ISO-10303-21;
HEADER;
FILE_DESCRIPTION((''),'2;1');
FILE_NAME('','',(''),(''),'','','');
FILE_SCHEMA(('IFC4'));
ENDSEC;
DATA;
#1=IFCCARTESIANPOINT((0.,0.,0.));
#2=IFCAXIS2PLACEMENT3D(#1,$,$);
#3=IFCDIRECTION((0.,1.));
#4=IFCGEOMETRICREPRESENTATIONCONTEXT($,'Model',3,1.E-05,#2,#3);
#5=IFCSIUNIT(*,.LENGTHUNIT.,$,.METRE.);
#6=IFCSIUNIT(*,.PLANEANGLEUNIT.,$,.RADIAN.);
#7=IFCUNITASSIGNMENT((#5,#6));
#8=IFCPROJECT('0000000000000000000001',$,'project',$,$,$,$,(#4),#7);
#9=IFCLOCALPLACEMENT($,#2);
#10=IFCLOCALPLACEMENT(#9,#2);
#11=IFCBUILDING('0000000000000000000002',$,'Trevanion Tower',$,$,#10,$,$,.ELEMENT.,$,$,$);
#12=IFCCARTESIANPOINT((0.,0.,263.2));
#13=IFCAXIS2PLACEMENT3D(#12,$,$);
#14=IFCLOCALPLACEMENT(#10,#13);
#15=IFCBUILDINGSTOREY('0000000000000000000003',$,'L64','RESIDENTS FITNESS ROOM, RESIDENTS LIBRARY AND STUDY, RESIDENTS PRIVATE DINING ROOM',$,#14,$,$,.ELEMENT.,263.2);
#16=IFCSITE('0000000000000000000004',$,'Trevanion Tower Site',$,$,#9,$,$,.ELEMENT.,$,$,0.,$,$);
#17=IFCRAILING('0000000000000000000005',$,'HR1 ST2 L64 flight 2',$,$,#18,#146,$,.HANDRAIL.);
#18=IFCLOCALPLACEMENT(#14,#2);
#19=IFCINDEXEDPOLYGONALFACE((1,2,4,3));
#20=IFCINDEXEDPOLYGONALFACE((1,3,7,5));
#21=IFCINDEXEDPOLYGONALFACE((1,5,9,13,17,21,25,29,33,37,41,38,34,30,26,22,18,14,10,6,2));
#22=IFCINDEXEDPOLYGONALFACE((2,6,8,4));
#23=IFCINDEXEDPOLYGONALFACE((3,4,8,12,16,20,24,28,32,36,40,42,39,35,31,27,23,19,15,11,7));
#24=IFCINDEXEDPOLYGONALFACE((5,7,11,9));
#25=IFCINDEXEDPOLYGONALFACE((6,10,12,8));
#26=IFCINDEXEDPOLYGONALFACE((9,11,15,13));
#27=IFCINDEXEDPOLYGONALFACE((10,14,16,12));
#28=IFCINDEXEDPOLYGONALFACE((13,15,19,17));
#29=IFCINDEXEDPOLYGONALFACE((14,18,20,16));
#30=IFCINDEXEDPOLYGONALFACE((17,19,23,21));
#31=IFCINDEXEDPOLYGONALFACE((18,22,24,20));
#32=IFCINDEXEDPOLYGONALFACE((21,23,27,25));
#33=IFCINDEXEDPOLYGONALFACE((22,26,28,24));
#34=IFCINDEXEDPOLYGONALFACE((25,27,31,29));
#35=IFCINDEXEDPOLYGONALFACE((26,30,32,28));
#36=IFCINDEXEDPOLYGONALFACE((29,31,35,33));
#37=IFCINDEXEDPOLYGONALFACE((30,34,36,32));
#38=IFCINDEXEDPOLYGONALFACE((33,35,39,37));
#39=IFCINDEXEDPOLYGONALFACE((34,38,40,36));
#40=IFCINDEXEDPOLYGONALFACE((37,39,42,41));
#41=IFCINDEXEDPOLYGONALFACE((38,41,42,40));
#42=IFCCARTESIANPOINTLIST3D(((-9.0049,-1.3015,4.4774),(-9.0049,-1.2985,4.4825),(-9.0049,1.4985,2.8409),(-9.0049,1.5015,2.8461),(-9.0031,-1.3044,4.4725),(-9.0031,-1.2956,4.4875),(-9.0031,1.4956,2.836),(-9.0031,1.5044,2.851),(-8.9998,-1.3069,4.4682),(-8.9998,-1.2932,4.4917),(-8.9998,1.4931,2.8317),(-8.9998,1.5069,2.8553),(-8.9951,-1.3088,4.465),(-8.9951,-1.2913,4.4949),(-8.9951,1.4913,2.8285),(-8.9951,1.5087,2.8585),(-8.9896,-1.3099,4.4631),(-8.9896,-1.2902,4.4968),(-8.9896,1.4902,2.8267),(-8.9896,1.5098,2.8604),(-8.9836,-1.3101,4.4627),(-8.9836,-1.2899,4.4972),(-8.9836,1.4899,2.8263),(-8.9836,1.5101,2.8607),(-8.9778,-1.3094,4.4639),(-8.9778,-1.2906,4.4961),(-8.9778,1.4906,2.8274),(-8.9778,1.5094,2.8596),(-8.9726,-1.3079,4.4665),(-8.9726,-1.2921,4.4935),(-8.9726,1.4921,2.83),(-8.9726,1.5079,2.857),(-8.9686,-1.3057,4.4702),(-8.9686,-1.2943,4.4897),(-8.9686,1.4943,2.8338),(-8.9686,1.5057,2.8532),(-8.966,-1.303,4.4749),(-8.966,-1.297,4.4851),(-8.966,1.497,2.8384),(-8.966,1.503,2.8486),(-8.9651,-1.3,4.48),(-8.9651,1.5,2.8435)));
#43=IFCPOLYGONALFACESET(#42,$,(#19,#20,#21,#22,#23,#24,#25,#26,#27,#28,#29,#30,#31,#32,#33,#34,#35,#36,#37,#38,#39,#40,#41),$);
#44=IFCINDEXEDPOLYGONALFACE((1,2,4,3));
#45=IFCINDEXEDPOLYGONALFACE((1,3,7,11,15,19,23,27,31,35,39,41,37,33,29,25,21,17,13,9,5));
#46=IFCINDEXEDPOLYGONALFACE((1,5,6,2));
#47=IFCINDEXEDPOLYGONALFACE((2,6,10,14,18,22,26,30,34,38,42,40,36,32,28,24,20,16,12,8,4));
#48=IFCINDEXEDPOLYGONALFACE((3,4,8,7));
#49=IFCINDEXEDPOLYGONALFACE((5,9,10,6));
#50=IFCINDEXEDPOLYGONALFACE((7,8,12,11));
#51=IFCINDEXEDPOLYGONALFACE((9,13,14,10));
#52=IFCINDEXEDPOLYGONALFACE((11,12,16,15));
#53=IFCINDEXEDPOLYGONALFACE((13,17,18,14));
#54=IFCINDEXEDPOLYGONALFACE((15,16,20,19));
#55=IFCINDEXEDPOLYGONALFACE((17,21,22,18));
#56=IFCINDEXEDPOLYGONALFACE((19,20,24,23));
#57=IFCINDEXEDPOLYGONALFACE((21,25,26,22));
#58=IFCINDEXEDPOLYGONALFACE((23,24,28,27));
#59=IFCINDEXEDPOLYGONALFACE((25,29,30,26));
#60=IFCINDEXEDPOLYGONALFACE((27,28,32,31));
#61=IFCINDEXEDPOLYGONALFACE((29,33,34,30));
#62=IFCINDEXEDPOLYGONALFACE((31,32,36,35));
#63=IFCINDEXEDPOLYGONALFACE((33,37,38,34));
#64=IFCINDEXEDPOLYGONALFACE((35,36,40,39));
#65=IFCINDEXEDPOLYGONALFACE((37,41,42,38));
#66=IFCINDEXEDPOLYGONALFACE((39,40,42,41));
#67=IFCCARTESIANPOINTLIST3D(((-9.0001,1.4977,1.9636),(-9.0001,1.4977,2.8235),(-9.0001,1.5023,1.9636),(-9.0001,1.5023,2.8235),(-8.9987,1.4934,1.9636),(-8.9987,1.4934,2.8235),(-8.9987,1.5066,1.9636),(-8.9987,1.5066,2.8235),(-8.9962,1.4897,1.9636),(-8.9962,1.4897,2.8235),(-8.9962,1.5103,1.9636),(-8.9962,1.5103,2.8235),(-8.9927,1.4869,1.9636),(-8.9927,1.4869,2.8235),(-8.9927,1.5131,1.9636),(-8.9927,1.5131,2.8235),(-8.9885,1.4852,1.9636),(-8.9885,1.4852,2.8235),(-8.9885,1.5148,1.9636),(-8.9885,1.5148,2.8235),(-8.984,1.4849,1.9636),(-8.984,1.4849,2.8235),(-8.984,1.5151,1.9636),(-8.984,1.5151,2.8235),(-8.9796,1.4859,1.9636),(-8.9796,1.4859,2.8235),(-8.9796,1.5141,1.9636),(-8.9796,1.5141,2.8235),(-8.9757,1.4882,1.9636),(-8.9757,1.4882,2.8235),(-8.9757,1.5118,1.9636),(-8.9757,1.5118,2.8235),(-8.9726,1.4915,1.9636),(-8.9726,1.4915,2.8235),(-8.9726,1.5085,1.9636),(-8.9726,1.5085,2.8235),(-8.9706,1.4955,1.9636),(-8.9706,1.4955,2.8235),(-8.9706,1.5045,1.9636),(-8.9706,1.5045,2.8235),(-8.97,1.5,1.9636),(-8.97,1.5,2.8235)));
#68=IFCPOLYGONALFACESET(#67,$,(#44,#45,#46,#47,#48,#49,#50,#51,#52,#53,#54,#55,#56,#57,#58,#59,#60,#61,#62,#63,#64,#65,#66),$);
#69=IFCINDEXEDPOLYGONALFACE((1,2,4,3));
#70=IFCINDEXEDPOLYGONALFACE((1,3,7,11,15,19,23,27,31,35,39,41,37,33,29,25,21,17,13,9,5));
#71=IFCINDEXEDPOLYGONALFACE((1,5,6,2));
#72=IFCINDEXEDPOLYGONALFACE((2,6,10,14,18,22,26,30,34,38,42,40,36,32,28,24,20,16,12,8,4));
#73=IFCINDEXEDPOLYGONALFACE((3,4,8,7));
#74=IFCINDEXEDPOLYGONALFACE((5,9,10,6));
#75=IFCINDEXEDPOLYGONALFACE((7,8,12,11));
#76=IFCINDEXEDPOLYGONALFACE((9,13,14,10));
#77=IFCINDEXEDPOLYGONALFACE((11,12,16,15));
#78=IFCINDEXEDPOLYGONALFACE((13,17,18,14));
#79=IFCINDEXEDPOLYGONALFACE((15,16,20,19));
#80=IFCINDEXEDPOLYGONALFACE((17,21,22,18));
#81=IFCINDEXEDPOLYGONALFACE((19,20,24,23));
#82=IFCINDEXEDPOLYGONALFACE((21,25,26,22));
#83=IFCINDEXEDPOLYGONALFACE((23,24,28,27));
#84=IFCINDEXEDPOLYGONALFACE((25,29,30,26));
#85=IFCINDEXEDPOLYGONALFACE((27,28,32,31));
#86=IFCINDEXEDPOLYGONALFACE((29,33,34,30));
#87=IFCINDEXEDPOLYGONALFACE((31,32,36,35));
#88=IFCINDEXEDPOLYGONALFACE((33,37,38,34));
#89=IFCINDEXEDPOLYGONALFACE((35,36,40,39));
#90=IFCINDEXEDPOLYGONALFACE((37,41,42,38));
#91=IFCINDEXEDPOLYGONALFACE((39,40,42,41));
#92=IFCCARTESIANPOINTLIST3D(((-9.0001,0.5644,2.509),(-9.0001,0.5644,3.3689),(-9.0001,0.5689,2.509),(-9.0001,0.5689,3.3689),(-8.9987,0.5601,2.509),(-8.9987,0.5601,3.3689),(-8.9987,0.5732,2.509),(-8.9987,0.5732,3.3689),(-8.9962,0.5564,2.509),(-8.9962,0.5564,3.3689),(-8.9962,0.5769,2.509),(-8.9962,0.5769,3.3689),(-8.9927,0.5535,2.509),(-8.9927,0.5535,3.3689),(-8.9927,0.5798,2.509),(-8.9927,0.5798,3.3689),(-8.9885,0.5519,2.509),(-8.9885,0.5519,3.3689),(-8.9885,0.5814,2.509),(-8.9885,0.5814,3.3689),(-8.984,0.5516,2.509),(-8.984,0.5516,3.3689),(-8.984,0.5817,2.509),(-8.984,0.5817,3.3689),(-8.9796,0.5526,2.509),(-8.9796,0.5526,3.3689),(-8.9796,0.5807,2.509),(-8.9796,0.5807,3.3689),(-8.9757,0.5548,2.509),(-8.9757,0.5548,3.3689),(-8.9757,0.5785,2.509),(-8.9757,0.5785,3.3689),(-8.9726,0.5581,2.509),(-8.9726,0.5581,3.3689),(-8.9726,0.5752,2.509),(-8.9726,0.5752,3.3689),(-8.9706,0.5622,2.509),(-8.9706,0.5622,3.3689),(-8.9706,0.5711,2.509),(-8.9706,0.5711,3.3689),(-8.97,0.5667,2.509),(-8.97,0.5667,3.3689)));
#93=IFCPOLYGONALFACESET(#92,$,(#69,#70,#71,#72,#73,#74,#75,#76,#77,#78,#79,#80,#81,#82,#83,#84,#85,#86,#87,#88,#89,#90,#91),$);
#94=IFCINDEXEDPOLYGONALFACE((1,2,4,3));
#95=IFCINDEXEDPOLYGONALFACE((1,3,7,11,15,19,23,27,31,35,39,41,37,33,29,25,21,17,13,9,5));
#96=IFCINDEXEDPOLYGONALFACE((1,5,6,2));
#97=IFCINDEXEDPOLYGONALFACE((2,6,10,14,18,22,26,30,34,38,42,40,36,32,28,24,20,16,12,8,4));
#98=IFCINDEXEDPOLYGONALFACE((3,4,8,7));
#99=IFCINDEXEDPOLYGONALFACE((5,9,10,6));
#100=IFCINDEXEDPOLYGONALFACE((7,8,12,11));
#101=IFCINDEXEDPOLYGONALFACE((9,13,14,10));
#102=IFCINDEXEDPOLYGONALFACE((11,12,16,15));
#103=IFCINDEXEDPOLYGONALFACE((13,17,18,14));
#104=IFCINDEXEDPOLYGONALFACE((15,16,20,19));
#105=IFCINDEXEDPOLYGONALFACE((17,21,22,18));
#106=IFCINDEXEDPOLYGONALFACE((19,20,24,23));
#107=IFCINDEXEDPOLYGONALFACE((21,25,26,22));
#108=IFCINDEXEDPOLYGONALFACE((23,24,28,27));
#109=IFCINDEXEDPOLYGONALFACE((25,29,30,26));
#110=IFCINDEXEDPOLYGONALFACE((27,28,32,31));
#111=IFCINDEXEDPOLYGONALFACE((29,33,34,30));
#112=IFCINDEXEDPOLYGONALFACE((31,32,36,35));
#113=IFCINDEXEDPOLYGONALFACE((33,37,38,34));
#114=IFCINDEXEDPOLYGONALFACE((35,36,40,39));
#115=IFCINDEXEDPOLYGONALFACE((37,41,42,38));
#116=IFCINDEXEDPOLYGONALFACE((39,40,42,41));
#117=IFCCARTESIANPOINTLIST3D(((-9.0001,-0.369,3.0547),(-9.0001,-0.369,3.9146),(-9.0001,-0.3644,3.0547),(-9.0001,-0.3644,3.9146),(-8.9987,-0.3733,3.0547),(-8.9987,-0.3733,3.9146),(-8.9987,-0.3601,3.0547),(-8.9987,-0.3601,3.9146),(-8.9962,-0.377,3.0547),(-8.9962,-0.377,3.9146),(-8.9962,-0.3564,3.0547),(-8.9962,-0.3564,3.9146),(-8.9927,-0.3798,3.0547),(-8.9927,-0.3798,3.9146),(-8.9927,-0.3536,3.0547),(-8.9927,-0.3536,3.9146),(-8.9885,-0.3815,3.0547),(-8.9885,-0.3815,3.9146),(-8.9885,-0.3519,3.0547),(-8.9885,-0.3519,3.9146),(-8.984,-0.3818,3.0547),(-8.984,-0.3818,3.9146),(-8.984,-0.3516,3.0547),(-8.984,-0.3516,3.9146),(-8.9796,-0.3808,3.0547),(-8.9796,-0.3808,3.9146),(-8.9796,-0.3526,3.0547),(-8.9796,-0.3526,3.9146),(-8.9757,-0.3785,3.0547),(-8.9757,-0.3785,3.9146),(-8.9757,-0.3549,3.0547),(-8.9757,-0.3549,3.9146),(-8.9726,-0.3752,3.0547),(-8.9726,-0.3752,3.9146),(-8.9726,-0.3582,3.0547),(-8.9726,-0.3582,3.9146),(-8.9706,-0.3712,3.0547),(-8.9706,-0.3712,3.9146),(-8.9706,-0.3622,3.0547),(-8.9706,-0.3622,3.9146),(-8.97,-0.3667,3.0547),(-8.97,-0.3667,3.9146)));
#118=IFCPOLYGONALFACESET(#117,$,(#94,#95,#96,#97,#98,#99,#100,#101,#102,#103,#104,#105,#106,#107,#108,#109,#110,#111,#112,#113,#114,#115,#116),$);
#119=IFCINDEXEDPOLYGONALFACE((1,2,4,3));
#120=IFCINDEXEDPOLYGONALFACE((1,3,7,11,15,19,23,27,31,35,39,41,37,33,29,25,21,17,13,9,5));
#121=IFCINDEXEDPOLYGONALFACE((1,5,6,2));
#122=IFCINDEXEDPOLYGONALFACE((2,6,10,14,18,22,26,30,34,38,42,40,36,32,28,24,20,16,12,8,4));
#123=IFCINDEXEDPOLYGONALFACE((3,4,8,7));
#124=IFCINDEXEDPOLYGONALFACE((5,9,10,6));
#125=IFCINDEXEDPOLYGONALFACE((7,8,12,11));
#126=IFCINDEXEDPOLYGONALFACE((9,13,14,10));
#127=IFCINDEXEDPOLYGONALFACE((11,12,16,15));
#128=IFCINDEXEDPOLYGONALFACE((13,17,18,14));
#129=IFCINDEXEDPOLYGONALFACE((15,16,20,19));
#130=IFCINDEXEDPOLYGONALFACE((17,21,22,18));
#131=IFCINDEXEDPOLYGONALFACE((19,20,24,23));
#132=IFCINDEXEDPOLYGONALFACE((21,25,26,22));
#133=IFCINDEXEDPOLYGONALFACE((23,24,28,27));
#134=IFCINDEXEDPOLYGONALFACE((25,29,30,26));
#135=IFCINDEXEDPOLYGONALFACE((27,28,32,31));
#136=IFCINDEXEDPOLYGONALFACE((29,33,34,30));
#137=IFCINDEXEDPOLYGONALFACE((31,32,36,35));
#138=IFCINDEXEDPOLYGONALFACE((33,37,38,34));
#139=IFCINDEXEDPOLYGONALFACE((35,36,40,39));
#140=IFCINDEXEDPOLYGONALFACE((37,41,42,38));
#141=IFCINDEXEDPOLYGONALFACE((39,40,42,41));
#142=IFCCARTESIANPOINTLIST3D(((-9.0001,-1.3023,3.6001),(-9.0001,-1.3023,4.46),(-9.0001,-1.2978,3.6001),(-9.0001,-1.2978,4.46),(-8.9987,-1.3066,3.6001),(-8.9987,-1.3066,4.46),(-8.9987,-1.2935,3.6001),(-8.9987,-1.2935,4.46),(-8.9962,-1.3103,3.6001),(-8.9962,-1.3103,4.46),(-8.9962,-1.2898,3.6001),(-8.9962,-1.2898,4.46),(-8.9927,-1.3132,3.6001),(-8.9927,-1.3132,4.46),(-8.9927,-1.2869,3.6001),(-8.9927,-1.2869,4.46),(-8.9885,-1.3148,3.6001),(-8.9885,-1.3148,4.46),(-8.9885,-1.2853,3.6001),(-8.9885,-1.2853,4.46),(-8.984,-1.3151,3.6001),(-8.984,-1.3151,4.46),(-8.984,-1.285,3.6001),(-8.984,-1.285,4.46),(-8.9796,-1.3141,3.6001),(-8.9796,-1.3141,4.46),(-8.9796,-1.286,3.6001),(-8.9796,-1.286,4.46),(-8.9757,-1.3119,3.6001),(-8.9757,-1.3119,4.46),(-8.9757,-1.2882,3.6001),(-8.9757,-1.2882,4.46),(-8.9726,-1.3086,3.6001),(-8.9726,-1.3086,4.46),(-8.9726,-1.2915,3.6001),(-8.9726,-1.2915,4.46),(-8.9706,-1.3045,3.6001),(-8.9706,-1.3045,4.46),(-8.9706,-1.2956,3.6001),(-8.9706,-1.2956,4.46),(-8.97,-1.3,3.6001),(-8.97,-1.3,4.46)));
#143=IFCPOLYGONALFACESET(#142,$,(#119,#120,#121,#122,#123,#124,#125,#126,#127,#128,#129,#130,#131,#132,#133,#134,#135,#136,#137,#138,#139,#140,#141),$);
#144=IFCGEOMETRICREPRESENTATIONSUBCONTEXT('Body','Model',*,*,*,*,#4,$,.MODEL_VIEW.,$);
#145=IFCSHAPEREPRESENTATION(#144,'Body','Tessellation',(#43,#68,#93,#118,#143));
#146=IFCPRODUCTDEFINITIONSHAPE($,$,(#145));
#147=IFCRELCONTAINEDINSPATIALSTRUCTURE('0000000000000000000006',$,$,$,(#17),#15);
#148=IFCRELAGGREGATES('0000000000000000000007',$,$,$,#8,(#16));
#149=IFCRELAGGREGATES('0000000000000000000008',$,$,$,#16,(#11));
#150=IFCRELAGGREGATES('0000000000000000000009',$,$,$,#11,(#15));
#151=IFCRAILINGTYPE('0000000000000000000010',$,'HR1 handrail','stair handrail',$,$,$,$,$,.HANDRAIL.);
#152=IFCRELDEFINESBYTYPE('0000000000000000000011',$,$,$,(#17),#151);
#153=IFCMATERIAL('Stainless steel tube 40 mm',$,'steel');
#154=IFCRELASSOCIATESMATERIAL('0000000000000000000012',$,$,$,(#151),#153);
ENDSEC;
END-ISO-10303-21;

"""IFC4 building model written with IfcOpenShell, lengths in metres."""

from ifc_helpers import new_model, si_unit, direction, frame, origin, origin_2d, place, context, subcontext, project, spatial, circle, extrude, material, type_object, element, save


model = new_model("IFC4")

# Units and contexts
model_context = context("Model", 3, precision=1e-05, world=origin(), true_north=direction((0.0, 1.0)))
body_context = subcontext(model_context, "Body", "Model", "MODEL_VIEW")
ifc_project = project(units=[si_unit("LENGTHUNIT", "METRE"), si_unit("PLANEANGLEUNIT", "RADIAN")], contexts=[model_context])

# Site, building, storey
site_placement = place(None, origin())
site = spatial("IfcSite", under=ifc_project, at=site_placement, Name="Trevanion Tower Site", CompositionType="ELEMENT", RefElevation=0.0)
building_placement = place(site_placement, origin())
building = spatial("IfcBuilding", under=site, at=building_placement, Name="Trevanion Tower", CompositionType="ELEMENT")
storey_placement = place(building_placement, frame((0.0, 0.0, 263.2)))
storey = spatial("IfcBuildingStorey", under=building, at=storey_placement, Name="L64", Description="RESIDENTS FITNESS ROOM, RESIDENTS LIBRARY AND STUDY, RESIDENTS PRIVATE DINING ROOM", CompositionType="ELEMENT", Elevation=263.2)

# Railing
ifc_material_1 = material(Name="Stainless steel tube 40 mm", Category="steel")
railing_type = type_object("IfcRailingType", Name="HR1 handrail", Description="stair handrail", PredefinedType="HANDRAIL", material=ifc_material_1)
for number, where, name in (
    (1, (-8.9851, 1.5, 1.9636), "HR1 ST2 L64 flight 2"),
):
    element("IfcRailing", number, at=place(storey_placement, frame(where)), inside=storey, type_object=railing_type, Name=name, PredefinedType="HANDRAIL", context=body_context, shape_type="SweptSolid", body=[
        extrude(circle(Radius=0.02, at=origin_2d()), frame((0.0, 0.0, 0.8799), z_axis=(0.0, -0.863361, 0.504587), x_axis=(1.0, 0.0, 0.0)), (0.0, 0.0, 1.0), 3.2432),
        extrude(circle(Radius=0.0151, at=origin_2d()), origin(), (0.0, 0.0, 1.0), 0.8599),
        extrude(circle(Radius=0.0151, at=origin_2d()), frame((0.0, -0.9333, 0.5454)), (0.0, 0.0, 1.0), 0.8599),
        extrude(circle(Radius=0.0151, at=origin_2d()), frame((0.0, -1.8667, 1.0911)), (0.0, 0.0, 1.0), 0.8599),
        extrude(circle(Radius=0.0151, at=origin_2d()), frame((0.0, -2.8, 1.6365)), (0.0, 0.0, 1.0), 0.8599),
    ])

save(model, "model.ifc")
